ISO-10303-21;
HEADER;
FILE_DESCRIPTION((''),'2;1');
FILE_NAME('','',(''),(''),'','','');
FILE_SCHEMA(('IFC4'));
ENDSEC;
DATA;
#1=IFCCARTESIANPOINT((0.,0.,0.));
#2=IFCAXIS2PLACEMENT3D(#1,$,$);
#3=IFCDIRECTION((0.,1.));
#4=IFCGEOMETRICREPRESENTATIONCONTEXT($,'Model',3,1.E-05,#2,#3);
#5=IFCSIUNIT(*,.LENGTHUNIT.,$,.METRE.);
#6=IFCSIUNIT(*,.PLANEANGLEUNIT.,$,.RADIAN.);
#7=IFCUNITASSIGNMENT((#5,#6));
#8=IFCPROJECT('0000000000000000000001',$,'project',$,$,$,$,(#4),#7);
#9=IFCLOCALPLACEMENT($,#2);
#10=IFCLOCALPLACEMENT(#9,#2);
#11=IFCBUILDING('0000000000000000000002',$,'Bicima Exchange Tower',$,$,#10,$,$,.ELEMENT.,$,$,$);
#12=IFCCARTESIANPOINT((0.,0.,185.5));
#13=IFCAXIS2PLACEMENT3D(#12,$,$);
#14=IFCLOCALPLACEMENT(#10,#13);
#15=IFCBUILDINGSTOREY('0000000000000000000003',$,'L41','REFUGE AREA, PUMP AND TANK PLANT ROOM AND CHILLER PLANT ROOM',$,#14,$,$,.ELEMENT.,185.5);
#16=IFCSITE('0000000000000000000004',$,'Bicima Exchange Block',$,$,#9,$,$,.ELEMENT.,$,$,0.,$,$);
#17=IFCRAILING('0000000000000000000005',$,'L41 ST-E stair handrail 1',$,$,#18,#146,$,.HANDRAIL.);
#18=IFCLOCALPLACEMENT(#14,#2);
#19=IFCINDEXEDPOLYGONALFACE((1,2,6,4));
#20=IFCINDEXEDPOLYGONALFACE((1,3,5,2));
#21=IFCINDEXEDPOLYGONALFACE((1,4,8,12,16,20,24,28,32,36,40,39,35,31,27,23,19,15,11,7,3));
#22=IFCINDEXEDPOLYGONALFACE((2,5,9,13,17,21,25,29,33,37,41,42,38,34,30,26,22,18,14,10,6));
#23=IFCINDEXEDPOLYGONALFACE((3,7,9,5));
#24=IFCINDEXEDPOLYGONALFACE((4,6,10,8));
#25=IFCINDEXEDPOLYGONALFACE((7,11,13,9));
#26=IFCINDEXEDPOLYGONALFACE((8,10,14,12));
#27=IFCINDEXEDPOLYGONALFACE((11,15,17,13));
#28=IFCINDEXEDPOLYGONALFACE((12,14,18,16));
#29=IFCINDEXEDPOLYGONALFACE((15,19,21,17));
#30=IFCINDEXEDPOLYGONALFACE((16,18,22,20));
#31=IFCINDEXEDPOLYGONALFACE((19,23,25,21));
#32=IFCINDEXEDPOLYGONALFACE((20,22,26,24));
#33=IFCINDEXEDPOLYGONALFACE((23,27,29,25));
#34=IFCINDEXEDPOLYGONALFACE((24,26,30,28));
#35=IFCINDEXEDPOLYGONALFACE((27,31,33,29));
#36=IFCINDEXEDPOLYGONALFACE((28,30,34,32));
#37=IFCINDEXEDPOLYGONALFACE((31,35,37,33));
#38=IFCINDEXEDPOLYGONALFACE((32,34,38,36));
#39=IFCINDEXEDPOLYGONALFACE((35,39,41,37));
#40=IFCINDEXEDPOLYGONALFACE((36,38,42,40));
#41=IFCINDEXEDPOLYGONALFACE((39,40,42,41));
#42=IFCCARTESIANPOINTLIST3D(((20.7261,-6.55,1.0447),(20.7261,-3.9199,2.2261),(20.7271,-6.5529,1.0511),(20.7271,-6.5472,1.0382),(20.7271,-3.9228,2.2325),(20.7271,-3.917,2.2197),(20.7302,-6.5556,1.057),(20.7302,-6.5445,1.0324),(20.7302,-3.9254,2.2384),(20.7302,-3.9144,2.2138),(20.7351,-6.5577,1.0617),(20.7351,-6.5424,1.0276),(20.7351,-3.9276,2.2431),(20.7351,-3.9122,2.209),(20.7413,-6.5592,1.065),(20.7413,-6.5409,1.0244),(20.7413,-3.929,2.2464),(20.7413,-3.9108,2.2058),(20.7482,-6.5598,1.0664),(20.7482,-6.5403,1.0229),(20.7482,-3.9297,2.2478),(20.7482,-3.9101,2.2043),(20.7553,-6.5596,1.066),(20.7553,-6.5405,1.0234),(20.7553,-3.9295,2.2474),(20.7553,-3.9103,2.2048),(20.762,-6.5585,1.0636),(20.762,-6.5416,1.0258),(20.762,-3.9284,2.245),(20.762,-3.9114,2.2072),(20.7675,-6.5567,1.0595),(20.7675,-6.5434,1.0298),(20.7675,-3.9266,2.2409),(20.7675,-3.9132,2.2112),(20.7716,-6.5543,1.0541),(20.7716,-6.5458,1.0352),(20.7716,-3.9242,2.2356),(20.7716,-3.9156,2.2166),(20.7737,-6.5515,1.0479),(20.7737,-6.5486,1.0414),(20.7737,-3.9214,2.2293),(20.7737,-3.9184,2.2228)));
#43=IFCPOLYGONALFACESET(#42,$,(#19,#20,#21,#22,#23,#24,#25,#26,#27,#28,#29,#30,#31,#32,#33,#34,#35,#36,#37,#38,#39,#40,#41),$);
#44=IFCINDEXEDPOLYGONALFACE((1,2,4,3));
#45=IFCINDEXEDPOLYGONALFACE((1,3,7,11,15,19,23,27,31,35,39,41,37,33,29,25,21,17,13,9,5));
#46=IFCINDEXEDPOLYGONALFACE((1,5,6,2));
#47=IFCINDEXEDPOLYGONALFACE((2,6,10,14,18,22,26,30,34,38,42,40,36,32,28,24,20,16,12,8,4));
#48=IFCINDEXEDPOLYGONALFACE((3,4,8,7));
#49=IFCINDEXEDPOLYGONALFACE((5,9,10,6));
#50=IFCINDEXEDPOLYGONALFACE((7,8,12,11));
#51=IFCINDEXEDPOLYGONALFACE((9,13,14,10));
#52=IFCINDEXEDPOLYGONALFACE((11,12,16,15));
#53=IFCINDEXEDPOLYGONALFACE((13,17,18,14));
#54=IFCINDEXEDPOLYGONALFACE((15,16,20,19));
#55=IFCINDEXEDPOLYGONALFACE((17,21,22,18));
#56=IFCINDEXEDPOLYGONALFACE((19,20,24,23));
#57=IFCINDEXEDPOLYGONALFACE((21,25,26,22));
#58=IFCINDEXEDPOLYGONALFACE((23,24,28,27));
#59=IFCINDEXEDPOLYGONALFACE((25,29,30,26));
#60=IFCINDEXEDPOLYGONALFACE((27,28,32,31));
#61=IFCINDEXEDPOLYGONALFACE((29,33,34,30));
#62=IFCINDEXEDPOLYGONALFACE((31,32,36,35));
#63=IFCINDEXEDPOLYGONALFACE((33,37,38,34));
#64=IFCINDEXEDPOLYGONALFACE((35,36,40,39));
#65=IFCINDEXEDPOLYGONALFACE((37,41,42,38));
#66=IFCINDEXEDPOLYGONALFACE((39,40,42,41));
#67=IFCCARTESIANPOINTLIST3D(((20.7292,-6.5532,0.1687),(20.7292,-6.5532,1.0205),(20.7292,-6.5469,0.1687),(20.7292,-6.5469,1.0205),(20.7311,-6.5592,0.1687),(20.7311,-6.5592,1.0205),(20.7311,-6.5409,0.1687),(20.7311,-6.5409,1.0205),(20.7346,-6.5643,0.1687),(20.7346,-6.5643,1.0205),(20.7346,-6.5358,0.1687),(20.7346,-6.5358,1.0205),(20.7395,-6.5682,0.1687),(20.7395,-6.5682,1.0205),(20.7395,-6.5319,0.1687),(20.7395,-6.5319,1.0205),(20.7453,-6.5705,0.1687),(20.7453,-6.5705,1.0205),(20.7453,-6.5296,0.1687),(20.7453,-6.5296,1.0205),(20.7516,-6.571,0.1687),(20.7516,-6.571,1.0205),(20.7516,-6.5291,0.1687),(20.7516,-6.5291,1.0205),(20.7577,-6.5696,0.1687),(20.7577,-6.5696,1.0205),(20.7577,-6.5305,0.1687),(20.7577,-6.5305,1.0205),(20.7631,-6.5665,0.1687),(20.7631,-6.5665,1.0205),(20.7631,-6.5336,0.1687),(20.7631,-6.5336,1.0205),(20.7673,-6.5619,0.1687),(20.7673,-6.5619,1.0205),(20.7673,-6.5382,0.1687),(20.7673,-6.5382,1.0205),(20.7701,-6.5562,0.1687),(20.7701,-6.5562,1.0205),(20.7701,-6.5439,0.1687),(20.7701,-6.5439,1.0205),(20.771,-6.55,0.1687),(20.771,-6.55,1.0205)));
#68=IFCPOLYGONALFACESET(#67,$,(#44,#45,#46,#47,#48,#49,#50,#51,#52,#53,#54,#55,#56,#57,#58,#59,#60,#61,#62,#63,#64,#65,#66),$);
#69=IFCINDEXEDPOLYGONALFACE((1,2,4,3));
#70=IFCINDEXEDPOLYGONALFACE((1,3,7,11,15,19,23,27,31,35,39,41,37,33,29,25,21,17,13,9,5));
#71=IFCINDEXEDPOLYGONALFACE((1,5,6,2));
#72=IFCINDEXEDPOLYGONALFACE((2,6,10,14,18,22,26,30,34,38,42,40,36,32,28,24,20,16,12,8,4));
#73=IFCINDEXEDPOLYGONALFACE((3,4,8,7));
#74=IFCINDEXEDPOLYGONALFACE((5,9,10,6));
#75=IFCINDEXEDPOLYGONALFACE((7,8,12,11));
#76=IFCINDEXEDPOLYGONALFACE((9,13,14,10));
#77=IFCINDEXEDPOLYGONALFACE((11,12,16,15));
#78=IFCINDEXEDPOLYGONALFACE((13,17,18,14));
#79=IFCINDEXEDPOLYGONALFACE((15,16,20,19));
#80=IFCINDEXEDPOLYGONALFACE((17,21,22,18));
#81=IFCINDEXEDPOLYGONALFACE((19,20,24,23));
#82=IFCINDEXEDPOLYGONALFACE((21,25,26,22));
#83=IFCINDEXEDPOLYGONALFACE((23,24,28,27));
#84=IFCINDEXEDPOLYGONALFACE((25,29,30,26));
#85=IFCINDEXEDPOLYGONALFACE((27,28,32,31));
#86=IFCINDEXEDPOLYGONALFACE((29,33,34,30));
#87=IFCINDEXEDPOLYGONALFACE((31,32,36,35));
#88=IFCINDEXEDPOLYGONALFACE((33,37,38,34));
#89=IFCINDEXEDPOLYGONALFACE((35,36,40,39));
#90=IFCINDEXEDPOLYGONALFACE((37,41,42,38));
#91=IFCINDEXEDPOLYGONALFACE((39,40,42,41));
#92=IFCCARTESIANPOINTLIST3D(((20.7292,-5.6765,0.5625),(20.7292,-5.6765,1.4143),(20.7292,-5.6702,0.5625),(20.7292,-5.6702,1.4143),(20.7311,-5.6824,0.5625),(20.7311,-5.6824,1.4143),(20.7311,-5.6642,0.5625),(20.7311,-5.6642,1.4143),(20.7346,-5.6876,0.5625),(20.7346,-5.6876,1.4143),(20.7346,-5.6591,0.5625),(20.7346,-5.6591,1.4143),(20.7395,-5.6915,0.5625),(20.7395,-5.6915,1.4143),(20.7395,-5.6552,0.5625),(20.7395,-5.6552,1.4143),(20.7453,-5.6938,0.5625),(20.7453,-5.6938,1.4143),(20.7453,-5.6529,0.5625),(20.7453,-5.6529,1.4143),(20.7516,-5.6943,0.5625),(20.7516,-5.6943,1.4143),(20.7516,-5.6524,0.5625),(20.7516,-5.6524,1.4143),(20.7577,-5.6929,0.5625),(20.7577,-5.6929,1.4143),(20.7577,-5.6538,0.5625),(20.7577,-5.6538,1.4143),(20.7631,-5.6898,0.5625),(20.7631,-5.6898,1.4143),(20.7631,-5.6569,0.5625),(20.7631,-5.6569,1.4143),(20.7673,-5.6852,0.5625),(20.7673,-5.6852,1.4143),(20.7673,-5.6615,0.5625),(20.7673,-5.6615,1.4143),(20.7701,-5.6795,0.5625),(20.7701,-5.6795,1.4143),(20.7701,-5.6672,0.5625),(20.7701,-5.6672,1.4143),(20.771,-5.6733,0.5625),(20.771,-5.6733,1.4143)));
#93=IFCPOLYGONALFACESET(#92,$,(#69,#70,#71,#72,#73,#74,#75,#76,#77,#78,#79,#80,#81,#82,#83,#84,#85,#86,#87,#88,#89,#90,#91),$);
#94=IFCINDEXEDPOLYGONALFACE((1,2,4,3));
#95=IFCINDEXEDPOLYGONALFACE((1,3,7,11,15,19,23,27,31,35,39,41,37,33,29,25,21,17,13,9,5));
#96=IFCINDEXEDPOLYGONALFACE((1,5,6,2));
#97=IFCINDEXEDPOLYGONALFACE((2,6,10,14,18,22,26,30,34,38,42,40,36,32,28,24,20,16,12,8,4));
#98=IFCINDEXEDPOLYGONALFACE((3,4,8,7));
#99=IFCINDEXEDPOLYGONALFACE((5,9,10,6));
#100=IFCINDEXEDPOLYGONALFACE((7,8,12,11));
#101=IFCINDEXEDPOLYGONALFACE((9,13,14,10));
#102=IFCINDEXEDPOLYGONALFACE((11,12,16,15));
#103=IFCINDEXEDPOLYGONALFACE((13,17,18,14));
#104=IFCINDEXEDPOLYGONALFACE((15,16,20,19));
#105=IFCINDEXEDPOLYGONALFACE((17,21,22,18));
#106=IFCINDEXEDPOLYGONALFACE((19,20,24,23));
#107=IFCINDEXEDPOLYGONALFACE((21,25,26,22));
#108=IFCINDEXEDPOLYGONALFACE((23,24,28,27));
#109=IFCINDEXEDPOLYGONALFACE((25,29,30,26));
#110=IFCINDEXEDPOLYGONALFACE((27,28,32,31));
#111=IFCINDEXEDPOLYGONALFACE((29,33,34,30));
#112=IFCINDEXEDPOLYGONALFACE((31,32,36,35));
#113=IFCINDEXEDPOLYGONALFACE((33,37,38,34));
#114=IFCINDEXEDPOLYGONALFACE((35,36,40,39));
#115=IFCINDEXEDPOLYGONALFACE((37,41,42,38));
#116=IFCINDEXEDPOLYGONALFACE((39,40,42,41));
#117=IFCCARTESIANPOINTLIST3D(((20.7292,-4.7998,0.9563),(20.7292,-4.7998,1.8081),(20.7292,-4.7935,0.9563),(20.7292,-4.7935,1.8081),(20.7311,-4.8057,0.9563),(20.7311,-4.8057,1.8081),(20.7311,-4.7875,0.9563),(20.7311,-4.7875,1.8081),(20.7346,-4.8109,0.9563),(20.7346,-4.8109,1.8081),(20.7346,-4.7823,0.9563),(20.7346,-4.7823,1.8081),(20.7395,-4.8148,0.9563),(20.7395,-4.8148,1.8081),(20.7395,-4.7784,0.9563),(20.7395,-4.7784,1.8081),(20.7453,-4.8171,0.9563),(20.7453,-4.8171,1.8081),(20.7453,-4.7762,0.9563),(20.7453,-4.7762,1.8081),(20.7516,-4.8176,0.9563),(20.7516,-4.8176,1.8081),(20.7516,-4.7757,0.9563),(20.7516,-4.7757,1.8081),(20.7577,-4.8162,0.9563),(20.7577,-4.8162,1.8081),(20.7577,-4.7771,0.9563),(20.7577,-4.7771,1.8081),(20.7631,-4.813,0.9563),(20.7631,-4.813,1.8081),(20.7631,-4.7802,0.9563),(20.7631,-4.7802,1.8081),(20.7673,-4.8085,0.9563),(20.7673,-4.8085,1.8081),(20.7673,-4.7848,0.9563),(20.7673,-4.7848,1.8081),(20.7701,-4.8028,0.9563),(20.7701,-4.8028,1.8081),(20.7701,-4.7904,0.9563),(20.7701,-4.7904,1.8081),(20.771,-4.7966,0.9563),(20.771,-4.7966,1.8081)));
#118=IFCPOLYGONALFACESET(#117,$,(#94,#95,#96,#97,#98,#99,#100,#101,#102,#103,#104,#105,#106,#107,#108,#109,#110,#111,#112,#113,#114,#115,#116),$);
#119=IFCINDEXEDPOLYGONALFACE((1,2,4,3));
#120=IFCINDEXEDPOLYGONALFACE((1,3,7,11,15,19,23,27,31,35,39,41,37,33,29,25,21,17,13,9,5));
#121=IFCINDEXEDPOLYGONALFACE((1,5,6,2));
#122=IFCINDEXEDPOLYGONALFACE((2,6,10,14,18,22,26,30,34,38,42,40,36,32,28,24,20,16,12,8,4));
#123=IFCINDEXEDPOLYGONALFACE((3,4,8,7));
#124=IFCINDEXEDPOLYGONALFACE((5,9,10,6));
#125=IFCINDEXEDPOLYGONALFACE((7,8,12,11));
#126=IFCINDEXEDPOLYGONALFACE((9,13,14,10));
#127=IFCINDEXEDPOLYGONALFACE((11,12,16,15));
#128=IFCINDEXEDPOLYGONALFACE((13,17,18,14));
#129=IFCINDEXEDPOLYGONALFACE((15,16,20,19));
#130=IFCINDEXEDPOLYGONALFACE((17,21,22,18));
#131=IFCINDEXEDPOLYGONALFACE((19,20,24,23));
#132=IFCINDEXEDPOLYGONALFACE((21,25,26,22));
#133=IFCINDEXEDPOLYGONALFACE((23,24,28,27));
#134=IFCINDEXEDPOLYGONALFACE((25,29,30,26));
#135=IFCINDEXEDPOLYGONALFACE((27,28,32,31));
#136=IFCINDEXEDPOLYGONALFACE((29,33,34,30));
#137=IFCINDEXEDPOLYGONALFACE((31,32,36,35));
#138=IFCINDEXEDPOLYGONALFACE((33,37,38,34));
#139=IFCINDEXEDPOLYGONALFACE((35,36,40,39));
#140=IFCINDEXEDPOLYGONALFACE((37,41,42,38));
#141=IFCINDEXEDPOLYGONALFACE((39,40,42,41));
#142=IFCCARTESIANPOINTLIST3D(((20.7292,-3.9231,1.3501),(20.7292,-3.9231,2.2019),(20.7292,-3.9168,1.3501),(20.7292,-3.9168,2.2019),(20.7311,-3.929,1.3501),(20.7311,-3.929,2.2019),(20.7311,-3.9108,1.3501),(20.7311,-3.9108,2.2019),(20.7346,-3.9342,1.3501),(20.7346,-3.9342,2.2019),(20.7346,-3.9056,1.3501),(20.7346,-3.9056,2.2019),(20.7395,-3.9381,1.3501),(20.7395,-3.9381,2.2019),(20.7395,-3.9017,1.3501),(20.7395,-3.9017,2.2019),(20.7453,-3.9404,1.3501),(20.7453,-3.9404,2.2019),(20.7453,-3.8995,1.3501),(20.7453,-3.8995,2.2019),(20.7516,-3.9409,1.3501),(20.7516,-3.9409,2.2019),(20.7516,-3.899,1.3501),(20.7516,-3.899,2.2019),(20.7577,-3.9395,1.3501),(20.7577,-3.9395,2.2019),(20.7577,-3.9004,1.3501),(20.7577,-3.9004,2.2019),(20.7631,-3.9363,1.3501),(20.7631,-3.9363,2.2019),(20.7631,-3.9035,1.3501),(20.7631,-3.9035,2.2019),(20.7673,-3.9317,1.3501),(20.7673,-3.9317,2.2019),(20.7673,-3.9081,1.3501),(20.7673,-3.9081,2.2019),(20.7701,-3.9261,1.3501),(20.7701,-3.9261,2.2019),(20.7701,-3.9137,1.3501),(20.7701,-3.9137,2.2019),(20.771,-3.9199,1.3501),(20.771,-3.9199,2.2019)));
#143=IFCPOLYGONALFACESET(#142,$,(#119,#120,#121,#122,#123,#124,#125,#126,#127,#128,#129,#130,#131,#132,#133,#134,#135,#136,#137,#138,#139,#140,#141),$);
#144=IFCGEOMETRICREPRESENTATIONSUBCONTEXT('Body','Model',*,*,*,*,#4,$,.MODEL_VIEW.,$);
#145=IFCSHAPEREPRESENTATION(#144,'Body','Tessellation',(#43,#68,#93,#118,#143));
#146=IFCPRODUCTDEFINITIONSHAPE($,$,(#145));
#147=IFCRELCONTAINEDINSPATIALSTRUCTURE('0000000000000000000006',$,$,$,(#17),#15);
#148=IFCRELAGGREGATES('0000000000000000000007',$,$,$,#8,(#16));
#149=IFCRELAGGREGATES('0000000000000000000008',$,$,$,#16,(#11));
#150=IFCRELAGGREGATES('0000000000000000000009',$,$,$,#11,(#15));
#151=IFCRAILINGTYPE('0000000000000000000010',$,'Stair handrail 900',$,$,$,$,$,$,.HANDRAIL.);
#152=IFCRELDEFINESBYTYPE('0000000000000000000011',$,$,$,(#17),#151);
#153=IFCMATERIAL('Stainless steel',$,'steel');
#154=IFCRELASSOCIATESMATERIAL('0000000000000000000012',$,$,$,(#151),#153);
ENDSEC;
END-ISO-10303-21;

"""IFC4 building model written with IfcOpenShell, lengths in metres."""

from ifc_helpers import new_model, si_unit, direction, frame, origin, origin_2d, place, context, subcontext, project, spatial, circle, extrude, material, type_object, element, save


model = new_model("IFC4")

# Units and contexts
model_context = context("Model", 3, precision=1e-05, world=origin(), true_north=direction((0.0, 1.0)))
body_context = subcontext(model_context, "Body", "Model", "MODEL_VIEW")
ifc_project = project(units=[si_unit("LENGTHUNIT", "METRE"), si_unit("PLANEANGLEUNIT", "RADIAN")], contexts=[model_context])

# Site, building, storey
site_placement = place(None, origin())
site = spatial("IfcSite", under=ifc_project, at=site_placement, Name="Bicima Exchange Block", CompositionType="ELEMENT", RefElevation=0.0)
building_placement = place(site_placement, origin())
building = spatial("IfcBuilding", under=site, at=building_placement, Name="Bicima Exchange Tower", CompositionType="ELEMENT")
storey_placement = place(building_placement, frame((0.0, 0.0, 185.5)))
storey = spatial("IfcBuildingStorey", under=building, at=storey_placement, Name="L41", Description="REFUGE AREA, PUMP AND TANK PLANT ROOM AND CHILLER PLANT ROOM", CompositionType="ELEMENT", Elevation=185.5)

# Railing
ifc_material_1 = material(Name="Stainless steel", Category="steel")
railing_type_1 = type_object("IfcRailingType", Name="Stair handrail 900", PredefinedType="HANDRAIL", material=ifc_material_1)
railing_1_placement = place(storey_placement, frame((20.75, -6.55, 0.1687)))
element("IfcRailing", 1, at=railing_1_placement, inside=storey, type_object=railing_type_1, Name="L41 ST-E stair handrail 1", PredefinedType="HANDRAIL", context=body_context, shape_type="SweptSolid", body=[
    extrude(circle(Radius=0.0239, at=origin_2d()), frame((0.0, 0.0, 0.876), z_axis=(0.0, 0.912202, 0.409741), x_axis=(-1.0, 0.0, 0.0)), (0.0, 0.0, 1.0), 2.8833),
    extrude(circle(Radius=0.021, at=origin_2d()), origin(), (0.0, 0.0, 1.0), 0.8518),
    extrude(circle(Radius=0.021, at=origin_2d()), frame((0.0, 0.8767, 0.3938)), (0.0, 0.0, 1.0), 0.8518),
    extrude(circle(Radius=0.021, at=origin_2d()), frame((0.0, 1.7534, 0.7876)), (0.0, 0.0, 1.0), 0.8518),
    extrude(circle(Radius=0.021, at=origin_2d()), frame((0.0, 2.6301, 1.1814)), (0.0, 0.0, 1.0), 0.8518),
])

save(model, "model.ifc")
